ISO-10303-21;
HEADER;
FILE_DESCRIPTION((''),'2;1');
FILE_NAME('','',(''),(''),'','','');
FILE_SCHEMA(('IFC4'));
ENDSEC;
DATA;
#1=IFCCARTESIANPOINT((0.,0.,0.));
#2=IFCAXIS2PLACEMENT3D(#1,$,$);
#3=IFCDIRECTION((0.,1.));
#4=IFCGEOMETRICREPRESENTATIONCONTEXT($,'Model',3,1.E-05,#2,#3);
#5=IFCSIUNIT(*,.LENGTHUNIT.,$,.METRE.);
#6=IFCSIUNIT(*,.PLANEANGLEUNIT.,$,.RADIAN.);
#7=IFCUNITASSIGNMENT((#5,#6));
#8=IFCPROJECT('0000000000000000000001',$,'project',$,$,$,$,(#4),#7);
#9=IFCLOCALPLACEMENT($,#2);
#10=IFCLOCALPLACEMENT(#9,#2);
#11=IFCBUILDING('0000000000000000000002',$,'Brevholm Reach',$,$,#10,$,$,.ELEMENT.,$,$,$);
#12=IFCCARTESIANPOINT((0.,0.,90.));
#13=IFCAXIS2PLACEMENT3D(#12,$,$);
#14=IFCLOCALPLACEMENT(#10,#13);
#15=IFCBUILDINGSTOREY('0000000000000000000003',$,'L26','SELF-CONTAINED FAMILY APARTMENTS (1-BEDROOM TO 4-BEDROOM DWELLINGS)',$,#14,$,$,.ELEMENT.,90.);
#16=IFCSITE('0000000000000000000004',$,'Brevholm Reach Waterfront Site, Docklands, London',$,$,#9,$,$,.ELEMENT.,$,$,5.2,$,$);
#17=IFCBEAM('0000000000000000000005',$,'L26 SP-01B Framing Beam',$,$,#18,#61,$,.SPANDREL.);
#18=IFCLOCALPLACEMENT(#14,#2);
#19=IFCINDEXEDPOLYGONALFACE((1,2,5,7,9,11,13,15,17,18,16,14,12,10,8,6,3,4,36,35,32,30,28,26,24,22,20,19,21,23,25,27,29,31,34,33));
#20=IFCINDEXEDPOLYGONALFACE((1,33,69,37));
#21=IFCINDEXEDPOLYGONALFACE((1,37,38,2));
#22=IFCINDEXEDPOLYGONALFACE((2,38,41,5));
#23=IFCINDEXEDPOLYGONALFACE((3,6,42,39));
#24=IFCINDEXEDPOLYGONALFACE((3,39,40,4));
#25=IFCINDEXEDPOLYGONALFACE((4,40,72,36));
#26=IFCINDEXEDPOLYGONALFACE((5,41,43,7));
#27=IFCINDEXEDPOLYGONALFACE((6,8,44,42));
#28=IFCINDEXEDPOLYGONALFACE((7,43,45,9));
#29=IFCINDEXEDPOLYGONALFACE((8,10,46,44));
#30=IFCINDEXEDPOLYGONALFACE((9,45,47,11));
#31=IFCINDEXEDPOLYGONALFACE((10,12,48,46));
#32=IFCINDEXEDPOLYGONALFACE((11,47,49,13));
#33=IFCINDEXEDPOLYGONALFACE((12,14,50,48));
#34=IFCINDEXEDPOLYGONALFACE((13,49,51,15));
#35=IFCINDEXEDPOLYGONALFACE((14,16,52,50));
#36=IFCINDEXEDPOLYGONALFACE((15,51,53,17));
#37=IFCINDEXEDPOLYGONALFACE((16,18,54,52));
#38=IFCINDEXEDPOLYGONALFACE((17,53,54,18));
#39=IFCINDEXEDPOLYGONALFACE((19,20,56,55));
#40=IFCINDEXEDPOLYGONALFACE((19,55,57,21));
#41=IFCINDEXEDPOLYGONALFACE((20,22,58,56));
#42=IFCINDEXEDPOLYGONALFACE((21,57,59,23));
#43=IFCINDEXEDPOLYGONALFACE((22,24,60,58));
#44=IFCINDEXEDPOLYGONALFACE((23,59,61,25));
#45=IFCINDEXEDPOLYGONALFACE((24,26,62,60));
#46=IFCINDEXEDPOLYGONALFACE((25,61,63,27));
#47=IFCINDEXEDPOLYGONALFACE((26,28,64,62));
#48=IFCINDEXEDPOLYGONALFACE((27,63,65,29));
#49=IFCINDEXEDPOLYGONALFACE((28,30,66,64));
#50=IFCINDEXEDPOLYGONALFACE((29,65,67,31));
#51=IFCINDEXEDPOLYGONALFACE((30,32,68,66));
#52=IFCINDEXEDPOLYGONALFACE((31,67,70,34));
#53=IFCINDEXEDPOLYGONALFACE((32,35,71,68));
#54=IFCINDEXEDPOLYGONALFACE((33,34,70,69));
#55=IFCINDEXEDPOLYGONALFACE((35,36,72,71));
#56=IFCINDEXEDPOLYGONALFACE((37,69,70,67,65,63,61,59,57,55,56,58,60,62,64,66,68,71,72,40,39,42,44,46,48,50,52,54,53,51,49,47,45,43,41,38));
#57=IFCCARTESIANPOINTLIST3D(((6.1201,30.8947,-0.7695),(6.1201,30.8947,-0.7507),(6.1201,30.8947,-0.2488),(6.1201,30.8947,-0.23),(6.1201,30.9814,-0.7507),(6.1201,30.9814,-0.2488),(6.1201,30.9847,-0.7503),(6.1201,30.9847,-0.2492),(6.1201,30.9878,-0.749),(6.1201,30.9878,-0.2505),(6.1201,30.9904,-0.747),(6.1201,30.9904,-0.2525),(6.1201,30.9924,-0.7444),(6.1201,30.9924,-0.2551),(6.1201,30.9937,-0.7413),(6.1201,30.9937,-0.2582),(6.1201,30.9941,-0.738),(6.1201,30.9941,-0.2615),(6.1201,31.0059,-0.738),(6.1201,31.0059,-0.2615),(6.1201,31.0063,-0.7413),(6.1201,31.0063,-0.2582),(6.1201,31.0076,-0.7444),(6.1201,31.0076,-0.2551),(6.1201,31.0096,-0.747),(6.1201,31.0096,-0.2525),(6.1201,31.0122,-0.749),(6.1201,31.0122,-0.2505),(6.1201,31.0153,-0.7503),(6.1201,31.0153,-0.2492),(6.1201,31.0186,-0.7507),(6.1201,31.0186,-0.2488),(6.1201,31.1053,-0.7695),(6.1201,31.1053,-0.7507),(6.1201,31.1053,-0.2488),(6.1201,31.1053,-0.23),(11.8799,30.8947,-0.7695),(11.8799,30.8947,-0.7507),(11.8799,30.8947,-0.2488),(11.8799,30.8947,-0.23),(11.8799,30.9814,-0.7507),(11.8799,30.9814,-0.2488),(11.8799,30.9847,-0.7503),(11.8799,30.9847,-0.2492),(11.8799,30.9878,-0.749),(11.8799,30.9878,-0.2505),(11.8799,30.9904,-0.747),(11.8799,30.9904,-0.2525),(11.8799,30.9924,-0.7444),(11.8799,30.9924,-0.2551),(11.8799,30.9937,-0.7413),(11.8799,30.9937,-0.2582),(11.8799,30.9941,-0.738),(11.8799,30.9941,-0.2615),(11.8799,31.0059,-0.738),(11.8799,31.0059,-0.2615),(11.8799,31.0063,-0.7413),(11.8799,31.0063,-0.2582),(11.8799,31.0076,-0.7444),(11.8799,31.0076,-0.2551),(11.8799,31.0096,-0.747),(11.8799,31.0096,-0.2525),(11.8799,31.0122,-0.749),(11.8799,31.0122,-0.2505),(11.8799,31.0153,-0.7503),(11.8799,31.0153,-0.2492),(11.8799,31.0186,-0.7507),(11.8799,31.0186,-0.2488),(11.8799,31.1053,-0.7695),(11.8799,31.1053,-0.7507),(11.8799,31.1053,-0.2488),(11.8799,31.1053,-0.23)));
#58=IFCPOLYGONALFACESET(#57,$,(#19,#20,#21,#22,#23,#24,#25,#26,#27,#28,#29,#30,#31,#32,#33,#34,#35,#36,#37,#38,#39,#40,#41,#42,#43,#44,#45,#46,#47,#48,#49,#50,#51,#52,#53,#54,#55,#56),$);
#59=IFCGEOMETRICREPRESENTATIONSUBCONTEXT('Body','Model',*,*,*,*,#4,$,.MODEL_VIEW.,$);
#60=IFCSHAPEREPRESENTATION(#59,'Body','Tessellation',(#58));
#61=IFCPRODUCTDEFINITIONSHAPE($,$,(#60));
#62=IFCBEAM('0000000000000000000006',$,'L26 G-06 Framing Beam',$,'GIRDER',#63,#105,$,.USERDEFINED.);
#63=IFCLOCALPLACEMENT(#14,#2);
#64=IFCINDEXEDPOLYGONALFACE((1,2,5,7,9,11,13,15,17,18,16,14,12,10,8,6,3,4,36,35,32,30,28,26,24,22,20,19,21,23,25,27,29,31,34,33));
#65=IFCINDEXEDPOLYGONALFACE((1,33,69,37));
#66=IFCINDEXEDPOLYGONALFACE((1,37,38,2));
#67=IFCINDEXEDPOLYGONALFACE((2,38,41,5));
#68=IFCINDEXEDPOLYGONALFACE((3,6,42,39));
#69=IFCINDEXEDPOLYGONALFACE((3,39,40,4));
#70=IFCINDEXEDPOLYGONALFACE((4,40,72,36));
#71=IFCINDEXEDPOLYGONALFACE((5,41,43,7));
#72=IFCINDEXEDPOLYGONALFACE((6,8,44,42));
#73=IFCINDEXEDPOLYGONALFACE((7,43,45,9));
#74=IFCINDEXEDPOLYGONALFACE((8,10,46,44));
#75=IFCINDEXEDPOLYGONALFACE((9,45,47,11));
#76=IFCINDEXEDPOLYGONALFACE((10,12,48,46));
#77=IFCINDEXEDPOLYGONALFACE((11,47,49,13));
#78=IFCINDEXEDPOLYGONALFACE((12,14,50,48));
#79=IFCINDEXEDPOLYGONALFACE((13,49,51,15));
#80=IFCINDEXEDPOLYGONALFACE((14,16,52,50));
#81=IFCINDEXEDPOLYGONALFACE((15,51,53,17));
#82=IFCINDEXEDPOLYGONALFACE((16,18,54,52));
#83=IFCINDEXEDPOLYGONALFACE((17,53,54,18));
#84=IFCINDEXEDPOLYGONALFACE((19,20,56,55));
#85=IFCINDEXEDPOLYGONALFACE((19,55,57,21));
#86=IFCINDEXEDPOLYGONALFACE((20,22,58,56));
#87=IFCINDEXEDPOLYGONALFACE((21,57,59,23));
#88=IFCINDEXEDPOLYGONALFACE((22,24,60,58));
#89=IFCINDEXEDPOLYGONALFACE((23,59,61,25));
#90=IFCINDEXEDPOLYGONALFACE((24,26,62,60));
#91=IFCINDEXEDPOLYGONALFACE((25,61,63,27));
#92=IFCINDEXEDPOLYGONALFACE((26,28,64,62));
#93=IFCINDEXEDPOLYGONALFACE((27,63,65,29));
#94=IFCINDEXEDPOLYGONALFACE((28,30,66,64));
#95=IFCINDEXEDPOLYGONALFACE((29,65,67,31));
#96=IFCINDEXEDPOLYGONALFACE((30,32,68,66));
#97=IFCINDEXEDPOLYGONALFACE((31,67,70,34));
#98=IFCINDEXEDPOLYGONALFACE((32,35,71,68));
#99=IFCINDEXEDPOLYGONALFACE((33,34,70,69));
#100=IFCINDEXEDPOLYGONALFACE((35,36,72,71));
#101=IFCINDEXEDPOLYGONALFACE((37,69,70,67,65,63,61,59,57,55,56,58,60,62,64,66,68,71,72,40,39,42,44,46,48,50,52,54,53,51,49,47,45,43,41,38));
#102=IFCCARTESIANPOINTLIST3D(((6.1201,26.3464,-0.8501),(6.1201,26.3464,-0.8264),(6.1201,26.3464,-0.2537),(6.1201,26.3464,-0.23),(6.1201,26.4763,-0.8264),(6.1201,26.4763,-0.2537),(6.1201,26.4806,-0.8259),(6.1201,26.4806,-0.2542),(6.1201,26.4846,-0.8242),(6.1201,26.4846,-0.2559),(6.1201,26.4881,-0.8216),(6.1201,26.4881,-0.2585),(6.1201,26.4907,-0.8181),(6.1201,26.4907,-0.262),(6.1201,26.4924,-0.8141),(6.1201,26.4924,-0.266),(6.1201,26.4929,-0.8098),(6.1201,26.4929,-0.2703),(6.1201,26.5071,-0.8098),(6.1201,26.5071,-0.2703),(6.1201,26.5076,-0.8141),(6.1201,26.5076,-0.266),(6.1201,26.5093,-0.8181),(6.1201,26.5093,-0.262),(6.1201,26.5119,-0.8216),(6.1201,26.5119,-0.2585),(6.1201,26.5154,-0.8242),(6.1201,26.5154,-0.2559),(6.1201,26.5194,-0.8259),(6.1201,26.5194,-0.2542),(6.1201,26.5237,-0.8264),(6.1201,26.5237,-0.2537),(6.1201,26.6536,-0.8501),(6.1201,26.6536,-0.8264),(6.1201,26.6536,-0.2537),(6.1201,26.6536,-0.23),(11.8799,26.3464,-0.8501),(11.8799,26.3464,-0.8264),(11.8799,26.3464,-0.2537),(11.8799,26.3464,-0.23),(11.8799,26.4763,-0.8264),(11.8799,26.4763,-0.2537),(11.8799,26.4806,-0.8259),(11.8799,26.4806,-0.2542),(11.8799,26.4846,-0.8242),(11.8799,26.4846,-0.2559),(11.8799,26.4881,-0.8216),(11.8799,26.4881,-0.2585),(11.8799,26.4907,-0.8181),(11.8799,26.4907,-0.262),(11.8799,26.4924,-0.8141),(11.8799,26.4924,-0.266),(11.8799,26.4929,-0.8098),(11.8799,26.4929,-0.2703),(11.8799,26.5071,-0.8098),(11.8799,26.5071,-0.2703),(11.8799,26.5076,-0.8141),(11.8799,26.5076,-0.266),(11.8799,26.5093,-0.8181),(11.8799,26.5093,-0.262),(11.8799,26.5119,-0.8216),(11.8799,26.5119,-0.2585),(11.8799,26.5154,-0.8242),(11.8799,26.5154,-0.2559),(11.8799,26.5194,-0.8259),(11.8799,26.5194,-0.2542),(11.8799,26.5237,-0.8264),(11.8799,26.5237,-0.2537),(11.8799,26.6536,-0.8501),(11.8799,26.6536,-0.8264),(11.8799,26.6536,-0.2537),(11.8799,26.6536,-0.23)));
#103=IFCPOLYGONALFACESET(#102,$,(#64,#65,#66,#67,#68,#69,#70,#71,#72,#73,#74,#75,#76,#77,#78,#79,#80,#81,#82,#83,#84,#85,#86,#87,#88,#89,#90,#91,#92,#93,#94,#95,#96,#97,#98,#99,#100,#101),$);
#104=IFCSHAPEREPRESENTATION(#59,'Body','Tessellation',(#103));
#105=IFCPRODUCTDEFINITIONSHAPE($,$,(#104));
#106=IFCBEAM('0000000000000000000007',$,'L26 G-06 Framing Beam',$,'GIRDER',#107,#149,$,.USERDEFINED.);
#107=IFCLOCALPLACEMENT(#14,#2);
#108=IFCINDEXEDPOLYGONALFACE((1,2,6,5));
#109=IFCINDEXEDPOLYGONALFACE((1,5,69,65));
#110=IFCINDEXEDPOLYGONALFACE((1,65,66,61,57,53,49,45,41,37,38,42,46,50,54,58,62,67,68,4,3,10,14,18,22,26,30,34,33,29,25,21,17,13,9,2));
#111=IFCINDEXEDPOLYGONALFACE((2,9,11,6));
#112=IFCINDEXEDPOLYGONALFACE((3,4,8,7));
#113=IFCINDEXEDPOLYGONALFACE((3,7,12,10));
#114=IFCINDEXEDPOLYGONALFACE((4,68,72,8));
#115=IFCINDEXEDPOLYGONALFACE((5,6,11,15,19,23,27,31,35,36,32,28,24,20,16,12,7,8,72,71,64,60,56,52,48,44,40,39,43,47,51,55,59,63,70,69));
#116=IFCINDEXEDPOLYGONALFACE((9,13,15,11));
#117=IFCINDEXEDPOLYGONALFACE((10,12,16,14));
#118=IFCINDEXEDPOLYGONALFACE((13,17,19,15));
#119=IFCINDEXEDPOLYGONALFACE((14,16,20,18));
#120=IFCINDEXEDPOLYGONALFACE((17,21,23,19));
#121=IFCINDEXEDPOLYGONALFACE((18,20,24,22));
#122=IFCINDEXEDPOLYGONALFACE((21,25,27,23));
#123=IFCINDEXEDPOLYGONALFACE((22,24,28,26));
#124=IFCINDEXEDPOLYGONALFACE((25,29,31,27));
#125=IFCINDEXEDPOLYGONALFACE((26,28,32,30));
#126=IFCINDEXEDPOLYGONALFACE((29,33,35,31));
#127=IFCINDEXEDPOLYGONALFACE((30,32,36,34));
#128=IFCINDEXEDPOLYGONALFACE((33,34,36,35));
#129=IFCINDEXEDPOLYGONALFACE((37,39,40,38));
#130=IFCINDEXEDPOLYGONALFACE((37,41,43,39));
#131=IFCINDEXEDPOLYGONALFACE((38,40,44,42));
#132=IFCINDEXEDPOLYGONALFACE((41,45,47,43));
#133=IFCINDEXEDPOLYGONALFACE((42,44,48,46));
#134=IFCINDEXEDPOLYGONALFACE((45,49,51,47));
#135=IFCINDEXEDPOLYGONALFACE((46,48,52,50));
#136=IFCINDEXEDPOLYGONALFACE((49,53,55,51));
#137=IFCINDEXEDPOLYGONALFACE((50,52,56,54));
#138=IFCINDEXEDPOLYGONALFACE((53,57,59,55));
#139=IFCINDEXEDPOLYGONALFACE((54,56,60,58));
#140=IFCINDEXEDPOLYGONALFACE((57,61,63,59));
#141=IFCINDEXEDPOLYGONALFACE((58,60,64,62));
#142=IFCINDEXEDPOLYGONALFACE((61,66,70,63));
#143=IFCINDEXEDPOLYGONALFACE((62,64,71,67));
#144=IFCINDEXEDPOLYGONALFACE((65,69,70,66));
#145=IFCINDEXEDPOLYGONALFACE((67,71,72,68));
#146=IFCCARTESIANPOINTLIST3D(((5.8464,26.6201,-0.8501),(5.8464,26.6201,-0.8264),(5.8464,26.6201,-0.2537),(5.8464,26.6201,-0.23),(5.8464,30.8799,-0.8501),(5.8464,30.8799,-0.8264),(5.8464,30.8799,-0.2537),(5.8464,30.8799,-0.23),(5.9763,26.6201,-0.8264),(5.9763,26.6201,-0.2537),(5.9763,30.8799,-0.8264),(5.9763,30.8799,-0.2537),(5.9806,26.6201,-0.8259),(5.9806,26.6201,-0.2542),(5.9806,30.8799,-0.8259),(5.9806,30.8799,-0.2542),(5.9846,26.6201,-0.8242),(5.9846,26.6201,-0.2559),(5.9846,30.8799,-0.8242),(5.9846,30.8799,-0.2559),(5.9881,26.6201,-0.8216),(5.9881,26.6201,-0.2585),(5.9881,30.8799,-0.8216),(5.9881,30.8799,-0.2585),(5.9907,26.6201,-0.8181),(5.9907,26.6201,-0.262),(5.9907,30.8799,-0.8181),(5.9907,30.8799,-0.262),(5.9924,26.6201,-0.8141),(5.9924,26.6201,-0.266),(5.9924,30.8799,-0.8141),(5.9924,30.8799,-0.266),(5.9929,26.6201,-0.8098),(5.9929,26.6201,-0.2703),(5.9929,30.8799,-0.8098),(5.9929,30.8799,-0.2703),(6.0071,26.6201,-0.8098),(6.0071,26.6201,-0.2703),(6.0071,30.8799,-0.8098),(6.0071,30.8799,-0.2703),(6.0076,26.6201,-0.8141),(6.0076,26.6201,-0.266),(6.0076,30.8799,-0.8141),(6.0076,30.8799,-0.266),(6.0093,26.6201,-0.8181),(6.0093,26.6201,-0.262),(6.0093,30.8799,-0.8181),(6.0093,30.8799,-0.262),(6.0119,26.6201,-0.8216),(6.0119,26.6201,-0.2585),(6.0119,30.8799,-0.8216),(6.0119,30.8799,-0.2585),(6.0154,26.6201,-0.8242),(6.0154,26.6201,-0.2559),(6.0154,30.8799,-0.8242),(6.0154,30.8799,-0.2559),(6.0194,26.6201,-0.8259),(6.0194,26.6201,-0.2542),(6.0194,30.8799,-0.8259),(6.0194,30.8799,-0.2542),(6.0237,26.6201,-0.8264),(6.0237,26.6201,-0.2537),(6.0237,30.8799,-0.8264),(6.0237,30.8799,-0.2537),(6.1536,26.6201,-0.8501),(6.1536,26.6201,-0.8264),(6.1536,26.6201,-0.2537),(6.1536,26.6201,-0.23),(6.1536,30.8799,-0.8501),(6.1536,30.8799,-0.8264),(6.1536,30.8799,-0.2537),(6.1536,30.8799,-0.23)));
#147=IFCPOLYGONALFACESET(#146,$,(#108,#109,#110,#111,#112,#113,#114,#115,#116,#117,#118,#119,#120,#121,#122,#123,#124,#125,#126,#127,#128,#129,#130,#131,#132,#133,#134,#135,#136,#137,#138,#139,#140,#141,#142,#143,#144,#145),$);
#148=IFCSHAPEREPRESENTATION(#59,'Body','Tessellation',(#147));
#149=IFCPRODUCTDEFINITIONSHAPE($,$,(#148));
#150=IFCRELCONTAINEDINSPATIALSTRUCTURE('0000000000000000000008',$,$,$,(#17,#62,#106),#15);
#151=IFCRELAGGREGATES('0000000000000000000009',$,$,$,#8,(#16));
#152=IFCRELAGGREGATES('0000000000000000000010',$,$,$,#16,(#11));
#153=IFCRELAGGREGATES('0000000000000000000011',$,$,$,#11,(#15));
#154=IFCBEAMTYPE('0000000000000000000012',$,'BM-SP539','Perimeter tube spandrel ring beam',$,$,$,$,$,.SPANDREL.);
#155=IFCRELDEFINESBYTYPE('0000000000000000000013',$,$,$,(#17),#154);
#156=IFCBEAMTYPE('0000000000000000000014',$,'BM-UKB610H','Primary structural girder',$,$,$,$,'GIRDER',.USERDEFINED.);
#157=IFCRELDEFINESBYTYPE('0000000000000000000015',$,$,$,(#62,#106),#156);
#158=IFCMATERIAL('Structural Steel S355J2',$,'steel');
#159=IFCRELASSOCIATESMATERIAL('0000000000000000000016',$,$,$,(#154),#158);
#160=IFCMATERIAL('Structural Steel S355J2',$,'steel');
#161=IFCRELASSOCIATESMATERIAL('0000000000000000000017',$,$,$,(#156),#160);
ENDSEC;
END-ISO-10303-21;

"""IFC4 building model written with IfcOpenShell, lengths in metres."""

from ifc_helpers import new_model, si_unit, direction, frame, origin, origin_2d, place, context, subcontext, project, spatial, i_section, extrude, material, material_profile, profile_set, type_object, element, save


model = new_model("IFC4")

# Units and contexts
model_context = context("Model", 3, precision=1e-05, world=origin(), true_north=direction((0.0, 1.0)))
body_context = subcontext(model_context, "Body", "Model", "MODEL_VIEW")
ifc_project = project(units=[si_unit("LENGTHUNIT", "METRE"), si_unit("PLANEANGLEUNIT", "RADIAN")], contexts=[model_context])

# Site, building, storey
site_placement = place(None, origin())
site = spatial("IfcSite", under=ifc_project, at=site_placement, Name="Brevholm Reach Waterfront Site, Docklands, London", CompositionType="ELEMENT", RefElevation=5.2)
building_placement = place(site_placement, origin())
building = spatial("IfcBuilding", under=site, at=building_placement, Name="Brevholm Reach", CompositionType="ELEMENT")
storey_placement = place(building_placement, frame((0.0, 0.0, 90.0)))
storey = spatial("IfcBuildingStorey", under=building, at=storey_placement, Name="L26", Description="SELF-CONTAINED FAMILY APARTMENTS (1-BEDROOM TO 4-BEDROOM DWELLINGS)", CompositionType="ELEMENT", Elevation=90.0)

# Beams
ifc_material_1 = material(Name="Structural Steel S355J2", Category="steel")
ifc_material_profile_1 = material_profile(ifc_material_1, i_section(OverallWidth=0.2107, OverallDepth=0.5396, WebThickness=0.0117, FlangeThickness=0.0188, FilletRadius=0.0127, at=origin_2d()), Name="UKB 533x210x109")
ifc_profile_set_1 = profile_set([ifc_material_profile_1], Name="Structural Steel S355J2")
beam_type_1 = type_object("IfcBeamType", Name="BM-SP539", Description="Perimeter tube spandrel ring beam", PredefinedType="SPANDREL", material=ifc_profile_set_1)
beam_1_placement = place(storey_placement, frame((6.1201, 31.0, -0.4998), z_axis=(1.0, 0.0, 0.0), x_axis=(0.0, 1.0, 0.0)))
element("IfcBeam", 1, at=beam_1_placement, inside=storey, type_object=beam_type_1, Name="L26 SP-01B Framing Beam", PredefinedType="SPANDREL", context=body_context, shape_type="SweptSolid", body=[
    extrude(i_section(OverallWidth=0.2107, OverallDepth=0.5396, WebThickness=0.0117, FlangeThickness=0.0188, FilletRadius=0.0127, at=origin_2d()), origin(), (0.0, 0.0, 1.0), 5.7598),
])
ifc_material_2 = material(Name="Structural Steel S355J2", Category="steel")
ifc_material_profile_2 = material_profile(ifc_material_2, i_section(OverallWidth=0.3071, OverallDepth=0.6201, WebThickness=0.0142, FlangeThickness=0.0237, FilletRadius=0.0166, at=origin_2d()), Name="UKB 610x305x179")
ifc_profile_set_2 = profile_set([ifc_material_profile_2], Name="Structural Steel S355J2")
beam_type_2 = type_object("IfcBeamType", Name="BM-UKB610H", Description="Primary structural girder", ElementType="GIRDER", PredefinedType="USERDEFINED", material=ifc_profile_set_2)
beam_2_placement = place(storey_placement, frame((6.1201, 26.5, -0.54), z_axis=(1.0, 0.0, 0.0), x_axis=(0.0, 1.0, 0.0)))
element("IfcBeam", 2, at=beam_2_placement, inside=storey, type_object=beam_type_2, Name="L26 G-06 Framing Beam", ObjectType="GIRDER", PredefinedType="USERDEFINED", context=body_context, shape_type="SweptSolid", body=[
    extrude(i_section(OverallWidth=0.3071, OverallDepth=0.6201, WebThickness=0.0142, FlangeThickness=0.0237, FilletRadius=0.0166, at=origin_2d()), origin(), (0.0, 0.0, 1.0), 5.7598),
])
beam_3_placement = place(storey_placement, frame((6.0, 26.6201, -0.54), z_axis=(0.0, 1.0, 0.0), x_axis=(-1.0, 0.0, 0.0)))
element("IfcBeam", 3, at=beam_3_placement, inside=storey, type_object=beam_type_2, Name="L26 G-06 Framing Beam", ObjectType="GIRDER", PredefinedType="USERDEFINED", context=body_context, shape_type="SweptSolid", body=[
    extrude(i_section(OverallWidth=0.3071, OverallDepth=0.6201, WebThickness=0.0142, FlangeThickness=0.0237, FilletRadius=0.0166, at=origin_2d()), origin(), (0.0, 0.0, 1.0), 4.2598),
])

save(model, "model.ifc")
